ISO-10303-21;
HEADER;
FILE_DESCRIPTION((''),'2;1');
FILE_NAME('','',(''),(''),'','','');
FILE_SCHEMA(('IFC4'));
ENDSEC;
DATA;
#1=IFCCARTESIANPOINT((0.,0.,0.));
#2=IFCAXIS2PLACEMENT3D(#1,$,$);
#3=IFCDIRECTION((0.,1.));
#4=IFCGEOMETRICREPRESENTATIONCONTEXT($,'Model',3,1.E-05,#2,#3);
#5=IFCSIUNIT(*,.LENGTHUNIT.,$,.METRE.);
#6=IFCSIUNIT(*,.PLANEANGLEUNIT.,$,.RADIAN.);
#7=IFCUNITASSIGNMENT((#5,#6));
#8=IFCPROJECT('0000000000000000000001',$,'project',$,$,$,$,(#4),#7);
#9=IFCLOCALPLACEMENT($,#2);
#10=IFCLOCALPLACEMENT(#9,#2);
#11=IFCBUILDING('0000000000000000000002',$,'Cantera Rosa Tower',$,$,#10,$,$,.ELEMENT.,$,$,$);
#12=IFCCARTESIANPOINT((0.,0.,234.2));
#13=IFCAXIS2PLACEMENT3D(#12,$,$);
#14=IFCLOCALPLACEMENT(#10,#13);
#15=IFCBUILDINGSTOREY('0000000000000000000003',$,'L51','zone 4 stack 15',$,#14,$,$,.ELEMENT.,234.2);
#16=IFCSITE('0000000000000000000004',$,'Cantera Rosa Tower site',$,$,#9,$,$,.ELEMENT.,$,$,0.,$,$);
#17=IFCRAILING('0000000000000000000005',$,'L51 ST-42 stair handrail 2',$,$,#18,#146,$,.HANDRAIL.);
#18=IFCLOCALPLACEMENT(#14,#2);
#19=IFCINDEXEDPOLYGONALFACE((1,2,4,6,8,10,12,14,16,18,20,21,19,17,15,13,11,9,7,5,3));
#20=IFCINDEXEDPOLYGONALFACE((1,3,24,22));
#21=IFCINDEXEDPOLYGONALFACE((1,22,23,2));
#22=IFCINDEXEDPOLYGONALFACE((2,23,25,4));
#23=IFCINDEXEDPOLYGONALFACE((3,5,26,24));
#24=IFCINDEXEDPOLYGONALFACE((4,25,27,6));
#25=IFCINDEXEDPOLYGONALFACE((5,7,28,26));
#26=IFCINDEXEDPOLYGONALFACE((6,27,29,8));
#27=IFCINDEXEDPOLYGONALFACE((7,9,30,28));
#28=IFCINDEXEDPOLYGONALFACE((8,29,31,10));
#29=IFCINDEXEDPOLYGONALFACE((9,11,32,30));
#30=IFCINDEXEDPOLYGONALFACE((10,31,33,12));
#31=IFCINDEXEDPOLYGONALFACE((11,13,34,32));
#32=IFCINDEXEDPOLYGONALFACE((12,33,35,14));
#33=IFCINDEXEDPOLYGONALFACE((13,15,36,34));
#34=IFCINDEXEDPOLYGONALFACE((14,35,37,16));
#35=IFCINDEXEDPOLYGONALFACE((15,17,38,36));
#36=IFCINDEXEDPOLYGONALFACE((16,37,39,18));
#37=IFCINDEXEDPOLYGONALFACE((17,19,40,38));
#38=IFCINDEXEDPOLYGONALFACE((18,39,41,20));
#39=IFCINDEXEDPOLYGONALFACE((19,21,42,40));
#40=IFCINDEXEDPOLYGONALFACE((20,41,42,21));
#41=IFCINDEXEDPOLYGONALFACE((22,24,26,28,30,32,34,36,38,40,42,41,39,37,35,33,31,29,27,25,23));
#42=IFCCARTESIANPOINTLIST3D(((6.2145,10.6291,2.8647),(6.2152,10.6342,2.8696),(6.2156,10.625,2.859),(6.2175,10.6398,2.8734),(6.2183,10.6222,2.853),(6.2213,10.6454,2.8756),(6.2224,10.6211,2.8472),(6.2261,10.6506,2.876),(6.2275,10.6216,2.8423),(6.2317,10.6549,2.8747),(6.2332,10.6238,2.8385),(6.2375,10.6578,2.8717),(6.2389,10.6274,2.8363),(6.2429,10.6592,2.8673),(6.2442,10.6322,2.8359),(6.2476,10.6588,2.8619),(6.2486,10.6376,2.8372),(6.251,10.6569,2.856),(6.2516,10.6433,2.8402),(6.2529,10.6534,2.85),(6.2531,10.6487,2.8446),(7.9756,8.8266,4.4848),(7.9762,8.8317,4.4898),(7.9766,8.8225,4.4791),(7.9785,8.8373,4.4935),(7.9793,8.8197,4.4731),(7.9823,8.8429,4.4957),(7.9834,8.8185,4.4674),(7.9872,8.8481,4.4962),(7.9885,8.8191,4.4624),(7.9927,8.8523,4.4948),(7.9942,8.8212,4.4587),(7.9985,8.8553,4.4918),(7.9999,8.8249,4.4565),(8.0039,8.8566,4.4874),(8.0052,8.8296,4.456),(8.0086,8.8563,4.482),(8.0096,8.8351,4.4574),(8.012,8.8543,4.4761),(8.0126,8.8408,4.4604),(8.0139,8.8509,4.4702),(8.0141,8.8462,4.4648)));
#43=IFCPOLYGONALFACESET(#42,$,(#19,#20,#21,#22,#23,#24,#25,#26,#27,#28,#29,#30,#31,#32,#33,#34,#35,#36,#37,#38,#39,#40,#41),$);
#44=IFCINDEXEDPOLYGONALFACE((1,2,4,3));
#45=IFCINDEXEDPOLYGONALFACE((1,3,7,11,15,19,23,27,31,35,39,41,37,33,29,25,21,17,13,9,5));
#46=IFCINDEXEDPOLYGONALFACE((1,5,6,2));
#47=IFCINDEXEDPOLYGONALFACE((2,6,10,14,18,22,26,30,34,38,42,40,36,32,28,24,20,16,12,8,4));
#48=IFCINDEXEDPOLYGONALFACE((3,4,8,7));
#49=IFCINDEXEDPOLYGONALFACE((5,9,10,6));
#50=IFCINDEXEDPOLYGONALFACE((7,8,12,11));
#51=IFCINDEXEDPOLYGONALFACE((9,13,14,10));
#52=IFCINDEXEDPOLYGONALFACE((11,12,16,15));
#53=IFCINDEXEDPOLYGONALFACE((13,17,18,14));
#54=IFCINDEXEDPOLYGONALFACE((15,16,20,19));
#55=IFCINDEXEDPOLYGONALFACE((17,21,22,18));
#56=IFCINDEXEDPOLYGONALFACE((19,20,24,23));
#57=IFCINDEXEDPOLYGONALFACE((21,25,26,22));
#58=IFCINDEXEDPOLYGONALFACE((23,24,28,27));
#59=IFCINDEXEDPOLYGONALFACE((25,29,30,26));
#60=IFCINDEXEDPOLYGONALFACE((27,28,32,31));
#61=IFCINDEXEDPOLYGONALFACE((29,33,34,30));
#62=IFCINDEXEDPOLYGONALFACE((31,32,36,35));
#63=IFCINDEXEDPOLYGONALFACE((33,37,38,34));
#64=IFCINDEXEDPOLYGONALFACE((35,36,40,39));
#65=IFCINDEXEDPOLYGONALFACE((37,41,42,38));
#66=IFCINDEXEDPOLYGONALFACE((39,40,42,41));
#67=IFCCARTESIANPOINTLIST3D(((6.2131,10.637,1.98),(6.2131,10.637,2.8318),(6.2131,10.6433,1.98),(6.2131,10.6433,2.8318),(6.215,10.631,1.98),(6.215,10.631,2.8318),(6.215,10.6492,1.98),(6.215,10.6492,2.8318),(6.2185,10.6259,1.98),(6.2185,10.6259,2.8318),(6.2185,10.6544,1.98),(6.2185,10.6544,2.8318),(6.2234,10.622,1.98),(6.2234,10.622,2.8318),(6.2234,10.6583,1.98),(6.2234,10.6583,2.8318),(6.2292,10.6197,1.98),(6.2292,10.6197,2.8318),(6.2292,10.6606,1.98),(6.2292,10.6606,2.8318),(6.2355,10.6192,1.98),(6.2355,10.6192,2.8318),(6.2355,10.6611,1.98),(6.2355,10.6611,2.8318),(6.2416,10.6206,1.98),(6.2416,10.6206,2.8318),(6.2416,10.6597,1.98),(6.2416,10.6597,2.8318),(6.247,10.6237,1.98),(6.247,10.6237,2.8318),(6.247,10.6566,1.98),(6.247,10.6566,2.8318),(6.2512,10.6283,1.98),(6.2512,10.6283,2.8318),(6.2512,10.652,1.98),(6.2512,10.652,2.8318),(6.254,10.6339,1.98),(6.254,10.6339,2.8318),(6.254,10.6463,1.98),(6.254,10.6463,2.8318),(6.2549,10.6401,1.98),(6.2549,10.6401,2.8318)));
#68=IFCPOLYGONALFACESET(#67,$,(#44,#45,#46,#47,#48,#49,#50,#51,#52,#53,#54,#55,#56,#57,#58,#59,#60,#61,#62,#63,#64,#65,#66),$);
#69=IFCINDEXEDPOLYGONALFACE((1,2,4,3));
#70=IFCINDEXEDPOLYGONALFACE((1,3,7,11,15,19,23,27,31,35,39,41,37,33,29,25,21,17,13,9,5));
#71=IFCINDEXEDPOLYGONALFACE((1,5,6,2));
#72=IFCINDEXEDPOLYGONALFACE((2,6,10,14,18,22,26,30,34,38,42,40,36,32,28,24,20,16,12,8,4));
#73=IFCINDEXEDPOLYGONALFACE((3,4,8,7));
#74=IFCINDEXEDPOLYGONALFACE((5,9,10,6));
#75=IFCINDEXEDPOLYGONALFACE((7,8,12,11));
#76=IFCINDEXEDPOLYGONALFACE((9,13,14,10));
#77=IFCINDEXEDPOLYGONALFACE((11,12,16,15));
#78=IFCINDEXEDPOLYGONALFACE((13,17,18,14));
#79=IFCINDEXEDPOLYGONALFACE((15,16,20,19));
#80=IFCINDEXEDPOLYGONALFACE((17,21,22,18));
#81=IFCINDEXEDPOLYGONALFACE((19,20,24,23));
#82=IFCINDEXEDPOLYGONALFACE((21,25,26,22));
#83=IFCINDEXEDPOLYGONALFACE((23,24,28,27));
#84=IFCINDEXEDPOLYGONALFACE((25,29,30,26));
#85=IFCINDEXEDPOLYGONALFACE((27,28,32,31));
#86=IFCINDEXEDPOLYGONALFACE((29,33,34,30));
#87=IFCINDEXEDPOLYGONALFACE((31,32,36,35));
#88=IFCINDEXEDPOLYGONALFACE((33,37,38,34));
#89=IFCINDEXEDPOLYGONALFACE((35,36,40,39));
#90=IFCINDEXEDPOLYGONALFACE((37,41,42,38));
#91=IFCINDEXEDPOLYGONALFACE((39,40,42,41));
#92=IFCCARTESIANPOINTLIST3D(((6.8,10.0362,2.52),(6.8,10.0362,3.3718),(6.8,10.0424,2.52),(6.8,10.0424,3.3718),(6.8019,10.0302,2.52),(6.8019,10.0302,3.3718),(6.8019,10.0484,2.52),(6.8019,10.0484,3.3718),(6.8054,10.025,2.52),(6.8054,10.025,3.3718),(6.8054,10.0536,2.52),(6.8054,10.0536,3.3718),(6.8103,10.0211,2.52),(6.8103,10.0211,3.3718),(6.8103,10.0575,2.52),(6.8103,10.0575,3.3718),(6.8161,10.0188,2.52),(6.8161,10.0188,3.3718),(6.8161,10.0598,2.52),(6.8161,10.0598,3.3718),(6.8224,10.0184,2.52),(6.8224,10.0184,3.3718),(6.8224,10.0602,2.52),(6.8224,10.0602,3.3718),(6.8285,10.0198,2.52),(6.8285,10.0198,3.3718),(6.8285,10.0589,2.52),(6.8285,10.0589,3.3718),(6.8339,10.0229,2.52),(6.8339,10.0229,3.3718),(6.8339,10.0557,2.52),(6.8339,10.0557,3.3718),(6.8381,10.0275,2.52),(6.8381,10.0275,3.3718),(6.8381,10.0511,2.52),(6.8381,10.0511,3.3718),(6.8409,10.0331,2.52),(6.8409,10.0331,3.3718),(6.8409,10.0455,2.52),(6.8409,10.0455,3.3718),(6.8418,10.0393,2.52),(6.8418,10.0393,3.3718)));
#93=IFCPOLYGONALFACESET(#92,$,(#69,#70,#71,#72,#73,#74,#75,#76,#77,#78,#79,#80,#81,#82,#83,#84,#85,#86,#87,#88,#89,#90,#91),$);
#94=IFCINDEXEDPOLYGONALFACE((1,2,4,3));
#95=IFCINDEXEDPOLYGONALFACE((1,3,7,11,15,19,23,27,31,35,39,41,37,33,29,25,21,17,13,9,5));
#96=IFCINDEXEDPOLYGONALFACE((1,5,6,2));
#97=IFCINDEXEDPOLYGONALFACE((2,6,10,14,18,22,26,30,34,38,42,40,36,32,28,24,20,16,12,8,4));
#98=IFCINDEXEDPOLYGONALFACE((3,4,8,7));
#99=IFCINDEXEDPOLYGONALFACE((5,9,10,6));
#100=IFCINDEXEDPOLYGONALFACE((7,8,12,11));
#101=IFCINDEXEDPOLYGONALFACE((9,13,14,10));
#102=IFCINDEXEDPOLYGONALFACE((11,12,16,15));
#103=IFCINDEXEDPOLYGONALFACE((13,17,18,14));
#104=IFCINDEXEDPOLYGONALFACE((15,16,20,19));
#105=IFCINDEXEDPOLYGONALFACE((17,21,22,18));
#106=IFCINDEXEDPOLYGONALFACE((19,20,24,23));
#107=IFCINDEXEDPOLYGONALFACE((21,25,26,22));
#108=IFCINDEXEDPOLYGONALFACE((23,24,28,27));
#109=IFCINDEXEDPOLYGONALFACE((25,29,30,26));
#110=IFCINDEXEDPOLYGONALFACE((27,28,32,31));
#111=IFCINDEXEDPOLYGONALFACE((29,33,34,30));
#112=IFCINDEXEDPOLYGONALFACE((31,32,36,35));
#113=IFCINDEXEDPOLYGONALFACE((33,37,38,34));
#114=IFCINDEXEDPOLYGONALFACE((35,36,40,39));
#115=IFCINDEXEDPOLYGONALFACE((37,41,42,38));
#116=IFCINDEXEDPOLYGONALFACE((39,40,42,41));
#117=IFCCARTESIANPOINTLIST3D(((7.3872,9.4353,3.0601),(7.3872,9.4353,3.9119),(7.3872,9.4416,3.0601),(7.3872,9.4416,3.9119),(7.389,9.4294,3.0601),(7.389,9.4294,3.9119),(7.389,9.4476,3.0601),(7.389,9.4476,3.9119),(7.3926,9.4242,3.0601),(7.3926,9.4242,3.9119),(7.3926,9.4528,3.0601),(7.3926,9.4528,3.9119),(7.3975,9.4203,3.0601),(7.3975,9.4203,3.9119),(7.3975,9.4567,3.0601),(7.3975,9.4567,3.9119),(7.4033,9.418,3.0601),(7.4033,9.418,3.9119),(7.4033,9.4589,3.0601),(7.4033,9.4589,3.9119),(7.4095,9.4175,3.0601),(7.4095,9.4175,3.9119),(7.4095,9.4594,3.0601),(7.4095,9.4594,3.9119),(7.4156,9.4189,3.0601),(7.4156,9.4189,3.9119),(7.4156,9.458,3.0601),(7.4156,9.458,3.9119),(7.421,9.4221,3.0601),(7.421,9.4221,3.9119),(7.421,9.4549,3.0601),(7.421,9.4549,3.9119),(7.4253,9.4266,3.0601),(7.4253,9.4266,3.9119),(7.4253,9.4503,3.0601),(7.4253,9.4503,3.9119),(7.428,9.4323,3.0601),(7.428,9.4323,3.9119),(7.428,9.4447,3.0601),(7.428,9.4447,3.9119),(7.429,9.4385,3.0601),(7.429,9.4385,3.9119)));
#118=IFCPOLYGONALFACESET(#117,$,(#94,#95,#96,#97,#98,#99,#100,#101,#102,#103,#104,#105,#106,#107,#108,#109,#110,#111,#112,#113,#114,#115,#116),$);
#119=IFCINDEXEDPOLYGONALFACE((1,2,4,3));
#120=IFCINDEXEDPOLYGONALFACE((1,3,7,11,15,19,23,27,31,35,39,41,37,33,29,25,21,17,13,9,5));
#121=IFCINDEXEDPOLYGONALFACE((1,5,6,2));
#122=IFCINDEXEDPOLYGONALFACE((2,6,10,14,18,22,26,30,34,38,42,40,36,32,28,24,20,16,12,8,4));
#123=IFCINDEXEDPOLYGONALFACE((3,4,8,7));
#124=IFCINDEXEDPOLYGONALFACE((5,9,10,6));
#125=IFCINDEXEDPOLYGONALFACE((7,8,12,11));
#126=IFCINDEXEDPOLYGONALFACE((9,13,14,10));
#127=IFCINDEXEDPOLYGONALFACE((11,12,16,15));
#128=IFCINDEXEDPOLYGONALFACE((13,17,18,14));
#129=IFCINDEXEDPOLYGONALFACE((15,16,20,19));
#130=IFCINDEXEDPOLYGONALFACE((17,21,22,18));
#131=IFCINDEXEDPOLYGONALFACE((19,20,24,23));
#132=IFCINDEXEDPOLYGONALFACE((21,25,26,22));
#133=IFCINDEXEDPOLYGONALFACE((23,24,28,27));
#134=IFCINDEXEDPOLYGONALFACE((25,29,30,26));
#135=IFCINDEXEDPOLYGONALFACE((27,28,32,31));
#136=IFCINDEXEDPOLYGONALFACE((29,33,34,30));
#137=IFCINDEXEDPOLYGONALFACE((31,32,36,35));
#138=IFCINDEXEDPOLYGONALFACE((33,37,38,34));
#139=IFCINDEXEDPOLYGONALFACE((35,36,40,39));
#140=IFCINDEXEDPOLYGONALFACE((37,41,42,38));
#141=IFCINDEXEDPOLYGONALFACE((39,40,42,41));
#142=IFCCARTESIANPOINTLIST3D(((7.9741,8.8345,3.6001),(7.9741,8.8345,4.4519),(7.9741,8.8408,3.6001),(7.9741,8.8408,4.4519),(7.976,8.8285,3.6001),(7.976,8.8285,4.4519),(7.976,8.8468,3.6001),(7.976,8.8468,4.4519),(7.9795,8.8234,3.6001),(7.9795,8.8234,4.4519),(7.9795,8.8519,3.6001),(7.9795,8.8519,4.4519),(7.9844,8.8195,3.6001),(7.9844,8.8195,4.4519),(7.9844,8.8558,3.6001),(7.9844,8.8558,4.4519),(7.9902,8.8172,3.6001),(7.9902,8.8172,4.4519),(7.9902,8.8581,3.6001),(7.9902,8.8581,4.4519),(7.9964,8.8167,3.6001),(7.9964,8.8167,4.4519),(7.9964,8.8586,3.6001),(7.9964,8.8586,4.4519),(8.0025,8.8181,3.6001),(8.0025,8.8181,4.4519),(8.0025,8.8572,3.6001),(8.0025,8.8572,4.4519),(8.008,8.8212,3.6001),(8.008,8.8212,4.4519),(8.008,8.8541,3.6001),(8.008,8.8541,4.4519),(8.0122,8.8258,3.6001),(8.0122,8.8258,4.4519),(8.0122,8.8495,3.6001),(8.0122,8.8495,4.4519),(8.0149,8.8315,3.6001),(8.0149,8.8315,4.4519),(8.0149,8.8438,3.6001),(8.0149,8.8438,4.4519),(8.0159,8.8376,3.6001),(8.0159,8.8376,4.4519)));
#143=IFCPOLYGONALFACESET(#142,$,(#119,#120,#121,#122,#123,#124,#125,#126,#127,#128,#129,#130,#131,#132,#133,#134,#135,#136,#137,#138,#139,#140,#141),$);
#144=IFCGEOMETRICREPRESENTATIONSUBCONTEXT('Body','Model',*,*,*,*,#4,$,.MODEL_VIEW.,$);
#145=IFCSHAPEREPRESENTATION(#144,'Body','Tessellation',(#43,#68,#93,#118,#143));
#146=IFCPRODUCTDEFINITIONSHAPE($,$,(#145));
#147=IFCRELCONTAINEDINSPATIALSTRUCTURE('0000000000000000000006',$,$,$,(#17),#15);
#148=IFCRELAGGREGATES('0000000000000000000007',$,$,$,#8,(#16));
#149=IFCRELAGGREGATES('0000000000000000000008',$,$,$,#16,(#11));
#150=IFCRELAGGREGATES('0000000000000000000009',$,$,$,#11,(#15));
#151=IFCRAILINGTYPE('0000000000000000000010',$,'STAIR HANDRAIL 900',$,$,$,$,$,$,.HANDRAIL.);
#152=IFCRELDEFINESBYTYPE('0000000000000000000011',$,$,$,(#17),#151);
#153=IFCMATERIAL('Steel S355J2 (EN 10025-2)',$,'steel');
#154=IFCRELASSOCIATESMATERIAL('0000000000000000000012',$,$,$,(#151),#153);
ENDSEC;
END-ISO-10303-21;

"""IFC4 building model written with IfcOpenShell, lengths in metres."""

from ifc_helpers import new_model, si_unit, direction, frame, origin, origin_2d, place, context, subcontext, project, spatial, circle, extrude, material, type_object, element, save


model = new_model("IFC4")

# Units and contexts
model_context = context("Model", 3, precision=1e-05, world=origin(), true_north=direction((0.0, 1.0)))
body_context = subcontext(model_context, "Body", "Model", "MODEL_VIEW")
ifc_project = project(units=[si_unit("LENGTHUNIT", "METRE"), si_unit("PLANEANGLEUNIT", "RADIAN")], contexts=[model_context])

# Site, building, storey
site_placement = place(None, origin())
site = spatial("IfcSite", under=ifc_project, at=site_placement, Name="Cantera Rosa Tower site", CompositionType="ELEMENT", RefElevation=0.0)
building_placement = place(site_placement, origin())
building = spatial("IfcBuilding", under=site, at=building_placement, Name="Cantera Rosa Tower", CompositionType="ELEMENT")
storey_placement = place(building_placement, frame((0.0, 0.0, 234.2)))
storey = spatial("IfcBuildingStorey", under=building, at=storey_placement, Name="L51", Description="zone 4 stack 15", CompositionType="ELEMENT", Elevation=234.2)

# Railing
ifc_material_1 = material(Name="Steel S355J2 (EN 10025-2)", Category="steel")
railing_type_1 = type_object("IfcRailingType", Name="STAIR HANDRAIL 900", PredefinedType="HANDRAIL", material=ifc_material_1)
railing_1_placement = place(storey_placement, frame((6.2339, 10.6401, 1.98)))
element("IfcRailing", 1, at=railing_1_placement, inside=storey, type_object=railing_type_1, Name="L51 ST-42 stair handrail 2", PredefinedType="HANDRAIL", context=body_context, shape_type="SweptSolid", body=[
    extrude(circle(Radius=0.0239, at=origin_2d()), frame((0.0, 0.0, 0.876), z_axis=(0.587818, -0.601672, 0.540796), x_axis=(0.715294, 0.698824, 0.0)), (0.0, 0.0, 1.0), 2.9958),
    extrude(circle(Radius=0.021, at=origin_2d()), origin(), (0.0, 0.0, 1.0), 0.8518),
    extrude(circle(Radius=0.021, at=origin_2d()), frame((0.5869, -0.6008, 0.54)), (0.0, 0.0, 1.0), 0.8518),
    extrude(circle(Radius=0.021, at=origin_2d()), frame((1.1741, -1.2017, 1.0801)), (0.0, 0.0, 1.0), 0.8518),
    extrude(circle(Radius=0.021, at=origin_2d()), frame((1.761, -1.8025, 1.6201)), (0.0, 0.0, 1.0), 0.8518),
])

save(model, "model.ifc")
